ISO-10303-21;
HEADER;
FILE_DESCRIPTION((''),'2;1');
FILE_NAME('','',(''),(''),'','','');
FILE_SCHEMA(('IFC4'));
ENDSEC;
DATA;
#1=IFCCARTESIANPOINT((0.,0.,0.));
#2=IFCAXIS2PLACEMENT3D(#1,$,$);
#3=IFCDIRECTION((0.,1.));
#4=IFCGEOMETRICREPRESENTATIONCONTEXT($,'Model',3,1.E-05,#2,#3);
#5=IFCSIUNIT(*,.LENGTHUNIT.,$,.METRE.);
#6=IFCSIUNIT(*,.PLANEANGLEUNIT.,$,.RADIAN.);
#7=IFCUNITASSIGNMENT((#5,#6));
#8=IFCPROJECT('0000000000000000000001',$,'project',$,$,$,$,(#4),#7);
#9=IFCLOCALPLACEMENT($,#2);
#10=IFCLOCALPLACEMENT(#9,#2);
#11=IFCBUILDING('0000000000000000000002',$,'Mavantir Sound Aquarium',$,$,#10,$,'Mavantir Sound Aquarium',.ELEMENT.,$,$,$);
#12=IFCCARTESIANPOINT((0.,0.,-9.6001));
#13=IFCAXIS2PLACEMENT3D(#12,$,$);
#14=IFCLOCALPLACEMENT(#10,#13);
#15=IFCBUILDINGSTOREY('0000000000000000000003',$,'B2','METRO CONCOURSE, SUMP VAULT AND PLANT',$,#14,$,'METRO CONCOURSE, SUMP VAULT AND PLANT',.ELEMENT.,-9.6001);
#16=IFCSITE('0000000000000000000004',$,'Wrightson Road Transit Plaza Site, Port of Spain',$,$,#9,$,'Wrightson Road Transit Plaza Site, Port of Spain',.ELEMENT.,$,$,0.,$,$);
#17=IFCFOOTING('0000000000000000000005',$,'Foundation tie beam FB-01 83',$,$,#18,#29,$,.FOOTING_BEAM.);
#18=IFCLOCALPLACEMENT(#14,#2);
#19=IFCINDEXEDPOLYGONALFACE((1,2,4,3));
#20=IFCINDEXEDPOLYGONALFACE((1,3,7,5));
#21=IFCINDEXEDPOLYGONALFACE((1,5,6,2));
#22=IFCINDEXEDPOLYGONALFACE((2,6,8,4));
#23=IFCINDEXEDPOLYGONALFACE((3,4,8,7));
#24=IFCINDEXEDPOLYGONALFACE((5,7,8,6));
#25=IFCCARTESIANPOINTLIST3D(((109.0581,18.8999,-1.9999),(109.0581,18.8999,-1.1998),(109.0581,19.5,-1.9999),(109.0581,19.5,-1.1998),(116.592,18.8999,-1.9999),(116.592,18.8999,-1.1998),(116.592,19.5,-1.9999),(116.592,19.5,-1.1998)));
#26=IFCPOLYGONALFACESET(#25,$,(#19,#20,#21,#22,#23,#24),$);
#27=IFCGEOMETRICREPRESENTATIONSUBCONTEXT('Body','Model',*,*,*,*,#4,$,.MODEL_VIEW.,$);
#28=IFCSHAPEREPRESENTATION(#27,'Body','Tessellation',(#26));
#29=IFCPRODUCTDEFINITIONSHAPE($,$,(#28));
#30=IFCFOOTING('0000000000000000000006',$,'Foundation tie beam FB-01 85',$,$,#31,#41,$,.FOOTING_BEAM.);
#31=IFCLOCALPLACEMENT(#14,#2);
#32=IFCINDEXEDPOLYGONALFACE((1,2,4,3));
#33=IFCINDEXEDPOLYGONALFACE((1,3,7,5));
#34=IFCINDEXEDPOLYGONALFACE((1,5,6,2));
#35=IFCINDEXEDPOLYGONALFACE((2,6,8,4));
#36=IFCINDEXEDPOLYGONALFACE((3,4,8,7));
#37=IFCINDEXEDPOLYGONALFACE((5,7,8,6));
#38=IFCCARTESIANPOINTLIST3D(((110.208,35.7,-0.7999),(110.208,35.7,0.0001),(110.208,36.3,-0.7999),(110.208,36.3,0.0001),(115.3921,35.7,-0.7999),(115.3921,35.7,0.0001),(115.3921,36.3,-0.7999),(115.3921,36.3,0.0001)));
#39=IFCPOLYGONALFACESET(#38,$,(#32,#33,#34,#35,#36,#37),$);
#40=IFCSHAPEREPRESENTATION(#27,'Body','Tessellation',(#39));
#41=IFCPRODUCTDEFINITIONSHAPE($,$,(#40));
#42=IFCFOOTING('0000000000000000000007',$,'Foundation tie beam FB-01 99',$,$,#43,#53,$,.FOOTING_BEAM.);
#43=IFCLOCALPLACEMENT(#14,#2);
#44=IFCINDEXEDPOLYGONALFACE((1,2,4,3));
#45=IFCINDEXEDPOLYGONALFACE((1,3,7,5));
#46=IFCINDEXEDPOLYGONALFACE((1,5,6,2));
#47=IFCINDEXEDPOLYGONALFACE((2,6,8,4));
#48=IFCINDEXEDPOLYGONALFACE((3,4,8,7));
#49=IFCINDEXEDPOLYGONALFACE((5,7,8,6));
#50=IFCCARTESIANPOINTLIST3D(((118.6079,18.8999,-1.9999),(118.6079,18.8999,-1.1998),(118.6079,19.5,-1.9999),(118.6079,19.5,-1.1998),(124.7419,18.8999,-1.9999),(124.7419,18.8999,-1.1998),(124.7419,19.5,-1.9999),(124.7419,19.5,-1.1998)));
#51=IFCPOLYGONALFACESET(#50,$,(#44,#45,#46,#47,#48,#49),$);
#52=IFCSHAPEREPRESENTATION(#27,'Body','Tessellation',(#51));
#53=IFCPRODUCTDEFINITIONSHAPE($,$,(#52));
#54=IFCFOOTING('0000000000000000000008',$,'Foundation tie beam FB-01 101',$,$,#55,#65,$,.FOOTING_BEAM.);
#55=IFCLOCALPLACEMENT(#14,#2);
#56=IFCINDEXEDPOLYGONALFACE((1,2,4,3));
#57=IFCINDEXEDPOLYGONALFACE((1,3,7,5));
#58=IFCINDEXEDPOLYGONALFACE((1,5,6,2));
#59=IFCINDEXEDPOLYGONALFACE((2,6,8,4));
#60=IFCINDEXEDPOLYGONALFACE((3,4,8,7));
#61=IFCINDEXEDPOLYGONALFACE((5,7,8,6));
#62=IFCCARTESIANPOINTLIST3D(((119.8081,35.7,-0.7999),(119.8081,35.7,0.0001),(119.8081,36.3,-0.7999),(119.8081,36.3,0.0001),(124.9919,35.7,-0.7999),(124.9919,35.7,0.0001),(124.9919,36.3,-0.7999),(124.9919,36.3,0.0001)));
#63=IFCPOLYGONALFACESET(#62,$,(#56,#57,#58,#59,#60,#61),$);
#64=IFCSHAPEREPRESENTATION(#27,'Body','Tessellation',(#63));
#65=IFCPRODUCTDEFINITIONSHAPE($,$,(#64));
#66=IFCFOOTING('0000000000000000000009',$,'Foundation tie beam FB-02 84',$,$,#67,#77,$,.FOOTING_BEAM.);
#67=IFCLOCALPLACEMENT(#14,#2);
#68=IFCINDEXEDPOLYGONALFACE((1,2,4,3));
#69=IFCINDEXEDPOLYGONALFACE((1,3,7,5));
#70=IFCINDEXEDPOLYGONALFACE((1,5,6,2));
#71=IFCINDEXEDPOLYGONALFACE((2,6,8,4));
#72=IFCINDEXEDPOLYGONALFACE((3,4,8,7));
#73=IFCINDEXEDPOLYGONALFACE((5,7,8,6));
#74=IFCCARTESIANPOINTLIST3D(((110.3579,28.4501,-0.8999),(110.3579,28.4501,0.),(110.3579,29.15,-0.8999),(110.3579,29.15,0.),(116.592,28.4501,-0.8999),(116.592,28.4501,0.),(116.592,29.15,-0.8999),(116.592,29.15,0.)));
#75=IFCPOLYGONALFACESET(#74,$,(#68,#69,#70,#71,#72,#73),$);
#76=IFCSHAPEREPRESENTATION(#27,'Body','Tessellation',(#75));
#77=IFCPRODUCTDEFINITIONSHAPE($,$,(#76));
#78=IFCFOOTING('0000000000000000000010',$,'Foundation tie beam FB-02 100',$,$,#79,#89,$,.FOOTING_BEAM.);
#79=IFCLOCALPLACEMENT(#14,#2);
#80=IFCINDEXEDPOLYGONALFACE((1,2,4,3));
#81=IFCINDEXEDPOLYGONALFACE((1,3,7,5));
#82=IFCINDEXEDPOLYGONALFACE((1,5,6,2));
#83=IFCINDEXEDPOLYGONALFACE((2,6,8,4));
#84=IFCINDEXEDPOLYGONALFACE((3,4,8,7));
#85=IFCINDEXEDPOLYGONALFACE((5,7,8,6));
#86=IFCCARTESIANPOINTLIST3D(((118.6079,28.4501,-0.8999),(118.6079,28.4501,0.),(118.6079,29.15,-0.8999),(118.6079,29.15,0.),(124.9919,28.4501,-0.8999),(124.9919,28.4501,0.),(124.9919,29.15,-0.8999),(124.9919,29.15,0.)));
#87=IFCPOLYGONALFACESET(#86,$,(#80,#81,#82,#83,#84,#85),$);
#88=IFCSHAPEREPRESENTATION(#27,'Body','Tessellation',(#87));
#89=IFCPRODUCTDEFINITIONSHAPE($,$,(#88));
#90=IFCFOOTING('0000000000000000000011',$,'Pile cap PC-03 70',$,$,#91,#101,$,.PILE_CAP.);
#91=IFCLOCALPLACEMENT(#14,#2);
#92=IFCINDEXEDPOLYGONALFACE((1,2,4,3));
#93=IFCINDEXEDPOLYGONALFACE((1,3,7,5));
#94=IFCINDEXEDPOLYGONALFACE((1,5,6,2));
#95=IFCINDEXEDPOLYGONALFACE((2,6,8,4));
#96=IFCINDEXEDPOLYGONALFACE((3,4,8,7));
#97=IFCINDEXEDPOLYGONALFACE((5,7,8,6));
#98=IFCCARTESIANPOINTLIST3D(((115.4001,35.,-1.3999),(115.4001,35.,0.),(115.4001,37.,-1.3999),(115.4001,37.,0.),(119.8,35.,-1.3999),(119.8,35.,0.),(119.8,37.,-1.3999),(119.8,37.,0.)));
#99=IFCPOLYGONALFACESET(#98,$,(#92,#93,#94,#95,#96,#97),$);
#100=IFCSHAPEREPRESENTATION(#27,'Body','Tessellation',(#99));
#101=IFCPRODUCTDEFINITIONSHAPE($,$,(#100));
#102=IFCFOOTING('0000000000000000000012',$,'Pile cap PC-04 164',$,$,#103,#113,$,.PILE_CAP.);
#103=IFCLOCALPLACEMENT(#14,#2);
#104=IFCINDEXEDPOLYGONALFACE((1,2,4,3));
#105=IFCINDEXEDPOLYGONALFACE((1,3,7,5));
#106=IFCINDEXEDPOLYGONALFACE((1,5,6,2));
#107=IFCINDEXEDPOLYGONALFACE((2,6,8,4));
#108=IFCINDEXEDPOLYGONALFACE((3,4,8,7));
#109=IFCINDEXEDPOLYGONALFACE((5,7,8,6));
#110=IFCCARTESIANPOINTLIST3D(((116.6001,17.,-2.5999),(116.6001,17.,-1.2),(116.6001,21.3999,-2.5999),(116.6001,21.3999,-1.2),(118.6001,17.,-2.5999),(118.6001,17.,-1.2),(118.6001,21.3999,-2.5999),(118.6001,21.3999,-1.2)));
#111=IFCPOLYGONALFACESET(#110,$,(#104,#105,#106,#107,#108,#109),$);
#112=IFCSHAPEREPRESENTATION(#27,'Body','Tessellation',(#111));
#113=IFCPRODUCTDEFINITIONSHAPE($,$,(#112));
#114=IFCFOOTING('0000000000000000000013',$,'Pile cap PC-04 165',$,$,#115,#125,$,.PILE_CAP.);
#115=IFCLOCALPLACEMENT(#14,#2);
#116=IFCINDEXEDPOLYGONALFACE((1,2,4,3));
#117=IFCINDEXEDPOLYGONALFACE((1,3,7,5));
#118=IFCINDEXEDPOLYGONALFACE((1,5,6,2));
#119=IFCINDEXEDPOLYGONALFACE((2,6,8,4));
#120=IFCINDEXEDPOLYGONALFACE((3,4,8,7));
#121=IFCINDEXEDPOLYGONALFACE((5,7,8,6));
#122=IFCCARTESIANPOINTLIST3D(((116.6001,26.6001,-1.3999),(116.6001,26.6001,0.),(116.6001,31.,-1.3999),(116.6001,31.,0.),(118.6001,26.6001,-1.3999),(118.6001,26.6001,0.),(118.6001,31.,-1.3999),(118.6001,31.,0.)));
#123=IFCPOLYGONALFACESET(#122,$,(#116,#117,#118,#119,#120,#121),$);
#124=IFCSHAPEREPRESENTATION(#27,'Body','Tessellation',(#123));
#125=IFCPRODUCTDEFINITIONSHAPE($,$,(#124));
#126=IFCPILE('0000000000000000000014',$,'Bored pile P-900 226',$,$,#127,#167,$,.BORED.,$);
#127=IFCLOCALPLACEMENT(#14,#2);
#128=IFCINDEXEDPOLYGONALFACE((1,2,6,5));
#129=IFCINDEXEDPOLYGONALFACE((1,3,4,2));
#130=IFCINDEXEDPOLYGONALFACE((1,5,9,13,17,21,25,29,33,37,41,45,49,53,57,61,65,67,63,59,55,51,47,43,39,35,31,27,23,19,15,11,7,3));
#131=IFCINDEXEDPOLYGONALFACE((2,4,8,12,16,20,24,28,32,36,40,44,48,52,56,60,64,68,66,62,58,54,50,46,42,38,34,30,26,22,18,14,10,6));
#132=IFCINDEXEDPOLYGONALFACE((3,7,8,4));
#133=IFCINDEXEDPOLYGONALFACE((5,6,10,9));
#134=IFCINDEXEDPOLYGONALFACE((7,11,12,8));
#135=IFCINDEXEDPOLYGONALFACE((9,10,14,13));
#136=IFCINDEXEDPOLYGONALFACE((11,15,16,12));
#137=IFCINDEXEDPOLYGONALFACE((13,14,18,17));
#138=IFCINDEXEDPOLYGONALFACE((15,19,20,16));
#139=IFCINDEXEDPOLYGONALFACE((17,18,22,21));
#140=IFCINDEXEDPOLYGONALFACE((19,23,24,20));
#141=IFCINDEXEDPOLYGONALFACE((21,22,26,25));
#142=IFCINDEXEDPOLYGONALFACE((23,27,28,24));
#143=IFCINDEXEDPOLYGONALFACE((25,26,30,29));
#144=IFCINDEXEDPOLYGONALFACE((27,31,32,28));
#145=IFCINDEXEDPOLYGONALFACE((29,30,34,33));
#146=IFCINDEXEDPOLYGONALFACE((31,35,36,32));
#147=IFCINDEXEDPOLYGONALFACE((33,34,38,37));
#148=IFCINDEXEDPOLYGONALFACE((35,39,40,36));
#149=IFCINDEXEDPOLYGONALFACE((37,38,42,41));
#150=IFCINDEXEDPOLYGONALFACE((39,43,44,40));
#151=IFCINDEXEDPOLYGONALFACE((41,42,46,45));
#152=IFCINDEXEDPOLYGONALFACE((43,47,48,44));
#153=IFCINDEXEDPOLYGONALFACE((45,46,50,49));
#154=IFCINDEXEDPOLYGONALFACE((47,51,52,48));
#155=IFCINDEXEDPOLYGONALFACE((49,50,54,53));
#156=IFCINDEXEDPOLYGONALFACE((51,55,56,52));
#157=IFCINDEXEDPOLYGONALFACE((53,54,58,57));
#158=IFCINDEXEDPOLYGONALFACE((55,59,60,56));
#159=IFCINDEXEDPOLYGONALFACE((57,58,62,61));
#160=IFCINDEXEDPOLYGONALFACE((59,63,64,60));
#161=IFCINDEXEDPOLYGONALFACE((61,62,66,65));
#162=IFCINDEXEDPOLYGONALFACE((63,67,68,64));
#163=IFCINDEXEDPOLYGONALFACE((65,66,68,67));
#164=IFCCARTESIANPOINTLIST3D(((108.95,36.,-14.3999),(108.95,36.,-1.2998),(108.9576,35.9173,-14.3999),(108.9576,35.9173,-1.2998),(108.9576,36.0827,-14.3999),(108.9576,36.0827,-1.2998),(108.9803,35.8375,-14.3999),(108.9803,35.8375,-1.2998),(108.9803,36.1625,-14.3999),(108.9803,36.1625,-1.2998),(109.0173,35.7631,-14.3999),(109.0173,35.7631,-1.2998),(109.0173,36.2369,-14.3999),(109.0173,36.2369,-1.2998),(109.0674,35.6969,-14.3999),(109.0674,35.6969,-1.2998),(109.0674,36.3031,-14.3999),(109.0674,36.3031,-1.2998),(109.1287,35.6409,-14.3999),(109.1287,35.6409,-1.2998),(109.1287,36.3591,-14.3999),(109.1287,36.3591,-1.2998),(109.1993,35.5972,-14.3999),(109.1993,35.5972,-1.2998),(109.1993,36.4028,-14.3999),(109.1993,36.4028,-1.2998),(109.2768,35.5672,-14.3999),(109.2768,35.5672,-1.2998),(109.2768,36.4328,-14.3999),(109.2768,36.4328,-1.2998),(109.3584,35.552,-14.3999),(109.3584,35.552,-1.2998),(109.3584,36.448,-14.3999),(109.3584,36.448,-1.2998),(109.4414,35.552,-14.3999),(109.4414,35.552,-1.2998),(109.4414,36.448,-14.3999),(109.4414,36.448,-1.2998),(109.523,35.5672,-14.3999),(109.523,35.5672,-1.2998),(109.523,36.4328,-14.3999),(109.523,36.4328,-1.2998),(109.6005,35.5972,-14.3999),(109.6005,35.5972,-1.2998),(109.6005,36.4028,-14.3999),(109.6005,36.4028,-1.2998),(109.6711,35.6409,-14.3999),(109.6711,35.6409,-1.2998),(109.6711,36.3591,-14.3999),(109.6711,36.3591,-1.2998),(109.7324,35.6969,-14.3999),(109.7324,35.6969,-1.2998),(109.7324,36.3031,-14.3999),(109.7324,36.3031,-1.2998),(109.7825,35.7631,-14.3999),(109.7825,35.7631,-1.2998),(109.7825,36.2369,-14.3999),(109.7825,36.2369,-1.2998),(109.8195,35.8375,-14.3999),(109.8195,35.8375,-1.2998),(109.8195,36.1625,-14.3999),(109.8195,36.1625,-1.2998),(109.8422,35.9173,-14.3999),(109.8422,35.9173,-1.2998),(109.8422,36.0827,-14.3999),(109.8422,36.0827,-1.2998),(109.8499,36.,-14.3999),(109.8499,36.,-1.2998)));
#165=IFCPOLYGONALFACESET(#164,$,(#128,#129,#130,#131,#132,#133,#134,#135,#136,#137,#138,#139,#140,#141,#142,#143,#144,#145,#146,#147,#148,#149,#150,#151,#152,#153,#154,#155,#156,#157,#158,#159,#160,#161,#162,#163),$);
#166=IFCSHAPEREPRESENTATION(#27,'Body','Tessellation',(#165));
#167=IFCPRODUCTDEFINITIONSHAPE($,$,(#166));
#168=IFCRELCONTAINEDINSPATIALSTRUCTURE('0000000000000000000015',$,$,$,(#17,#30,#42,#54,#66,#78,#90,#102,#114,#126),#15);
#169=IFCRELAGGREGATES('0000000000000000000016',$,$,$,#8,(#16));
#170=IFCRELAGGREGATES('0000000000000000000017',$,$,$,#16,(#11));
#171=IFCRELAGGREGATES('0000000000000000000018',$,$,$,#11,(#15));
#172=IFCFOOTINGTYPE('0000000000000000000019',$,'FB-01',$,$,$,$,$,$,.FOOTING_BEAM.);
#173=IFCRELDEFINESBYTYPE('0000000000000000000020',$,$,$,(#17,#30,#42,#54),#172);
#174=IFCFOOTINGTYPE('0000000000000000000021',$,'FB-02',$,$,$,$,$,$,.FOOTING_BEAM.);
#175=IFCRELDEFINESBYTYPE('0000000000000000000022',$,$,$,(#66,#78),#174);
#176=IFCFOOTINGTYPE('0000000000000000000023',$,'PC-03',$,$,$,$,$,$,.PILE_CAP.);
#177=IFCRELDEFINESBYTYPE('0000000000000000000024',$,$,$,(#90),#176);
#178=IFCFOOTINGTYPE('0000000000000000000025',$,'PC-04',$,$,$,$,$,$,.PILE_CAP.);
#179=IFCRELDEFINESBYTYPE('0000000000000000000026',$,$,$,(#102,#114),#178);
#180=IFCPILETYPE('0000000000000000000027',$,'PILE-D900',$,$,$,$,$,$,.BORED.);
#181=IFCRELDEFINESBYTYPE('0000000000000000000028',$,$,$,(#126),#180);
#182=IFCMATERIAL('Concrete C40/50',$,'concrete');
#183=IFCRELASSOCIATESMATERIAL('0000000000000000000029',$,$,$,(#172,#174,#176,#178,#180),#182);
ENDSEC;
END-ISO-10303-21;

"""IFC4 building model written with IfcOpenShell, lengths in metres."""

from ifc_helpers import new_model, si_unit, direction, frame, origin, origin_2d, place, context, subcontext, project, spatial, rectangle, circle, extrude, material, material_profile, profile_set, type_object, element, save


model = new_model("IFC4")

# Units and contexts
model_context = context("Model", 3, precision=1e-05, world=origin(), true_north=direction((0.0, 1.0)))
body_context = subcontext(model_context, "Body", "Model", "MODEL_VIEW")
ifc_project = project(units=[si_unit("LENGTHUNIT", "METRE"), si_unit("PLANEANGLEUNIT", "RADIAN")], contexts=[model_context])

# Site, building, storey
site_placement = place(None, origin())
site = spatial("IfcSite", under=ifc_project, at=site_placement, Name="Wrightson Road Transit Plaza Site, Port of Spain", LongName="Wrightson Road Transit Plaza Site, Port of Spain", CompositionType="ELEMENT", RefElevation=0.0)
building_placement = place(site_placement, origin())
building = spatial("IfcBuilding", under=site, at=building_placement, Name="Mavantir Sound Aquarium", LongName="Mavantir Sound Aquarium", CompositionType="ELEMENT")
storey_placement = place(building_placement, frame((0.0, 0.0, -9.6001)))
storey = spatial("IfcBuildingStorey", under=building, at=storey_placement, Name="B2", Description="METRO CONCOURSE, SUMP VAULT AND PLANT", LongName="METRO CONCOURSE, SUMP VAULT AND PLANT", CompositionType="ELEMENT", Elevation=-9.6001)

# Footings
ifc_material_1 = material(Name="Concrete C40/50", Category="concrete")
ifc_material_profile_1 = material_profile(ifc_material_1, rectangle(XDim=0.6001, YDim=0.8, at=origin_2d()), Name="RC 600X800")
ifc_profile_set_1 = profile_set([ifc_material_profile_1], Name="Concrete C40/50")
footing_type_1 = type_object("IfcFootingType", Name="FB-01", PredefinedType="FOOTING_BEAM", material=ifc_profile_set_1)
footing_1_placement = place(storey_placement, frame((109.0581, 19.2, -1.5999), z_axis=(1.0, 0.0, 0.0), x_axis=(0.0, 1.0, 0.0)))
element("IfcFooting", 1, at=footing_1_placement, inside=storey, type_object=footing_type_1, Name="Foundation tie beam FB-01 83", PredefinedType="FOOTING_BEAM", context=body_context, shape_type="SweptSolid", body=[
    extrude(rectangle(XDim=0.6001, YDim=0.8, at=origin_2d()), origin(), (0.0, 0.0, 1.0), 7.5339),
])
footing_2_placement = place(storey_placement, frame((110.208, 36.0, -0.3999), z_axis=(1.0, 0.0, 0.0), x_axis=(0.0, 1.0, 0.0)))
element("IfcFooting", 2, at=footing_2_placement, inside=storey, type_object=footing_type_1, Name="Foundation tie beam FB-01 85", PredefinedType="FOOTING_BEAM", context=body_context, shape_type="SweptSolid", body=[
    extrude(rectangle(XDim=0.6001, YDim=0.8, at=origin_2d()), origin(), (0.0, 0.0, 1.0), 5.1841),
])
footing_3_placement = place(storey_placement, frame((118.6079, 19.2, -1.5999), z_axis=(1.0, 0.0, 0.0), x_axis=(0.0, 1.0, 0.0)))
element("IfcFooting", 3, at=footing_3_placement, inside=storey, type_object=footing_type_1, Name="Foundation tie beam FB-01 99", PredefinedType="FOOTING_BEAM", context=body_context, shape_type="SweptSolid", body=[
    extrude(rectangle(XDim=0.6001, YDim=0.8, at=origin_2d()), origin(), (0.0, 0.0, 1.0), 6.134),
])
footing_4_placement = place(storey_placement, frame((119.8081, 36.0, -0.3999), z_axis=(1.0, 0.0, 0.0), x_axis=(0.0, 1.0, 0.0)))
element("IfcFooting", 4, at=footing_4_placement, inside=storey, type_object=footing_type_1, Name="Foundation tie beam FB-01 101", PredefinedType="FOOTING_BEAM", context=body_context, shape_type="SweptSolid", body=[
    extrude(rectangle(XDim=0.6001, YDim=0.8, at=origin_2d()), origin(), (0.0, 0.0, 1.0), 5.1838),
])
ifc_material_profile_2 = material_profile(ifc_material_1, rectangle(XDim=0.7, YDim=0.8999, at=origin_2d()), Name="RC 700X900")
ifc_profile_set_2 = profile_set([ifc_material_profile_2], Name="Concrete C40/50")
footing_type_2 = type_object("IfcFootingType", Name="FB-02", PredefinedType="FOOTING_BEAM", material=ifc_profile_set_2)
footing_5_placement = place(storey_placement, frame((110.3579, 28.8, -0.45), z_axis=(1.0, 0.0, 0.0), x_axis=(0.0, 1.0, 0.0)))
element("IfcFooting", 5, at=footing_5_placement, inside=storey, type_object=footing_type_2, Name="Foundation tie beam FB-02 84", PredefinedType="FOOTING_BEAM", context=body_context, shape_type="SweptSolid", body=[
    extrude(rectangle(XDim=0.7, YDim=0.8999, at=origin_2d()), origin(), (0.0, 0.0, 1.0), 6.2341),
])
footing_6_placement = place(storey_placement, frame((118.6079, 28.8, -0.45), z_axis=(1.0, 0.0, 0.0), x_axis=(0.0, 1.0, 0.0)))
element("IfcFooting", 6, at=footing_6_placement, inside=storey, type_object=footing_type_2, Name="Foundation tie beam FB-02 100", PredefinedType="FOOTING_BEAM", context=body_context, shape_type="SweptSolid", body=[
    extrude(rectangle(XDim=0.7, YDim=0.8999, at=origin_2d()), origin(), (0.0, 0.0, 1.0), 6.384),
])
footing_type_3 = type_object("IfcFootingType", Name="PC-03", PredefinedType="PILE_CAP", material=ifc_material_1)
footing_7_placement = place(storey_placement, frame((117.6001, 36.0, -1.3999), z_axis=(0.0, 0.0, 1.0), x_axis=(1.0, 0.0, 0.0)))
element("IfcFooting", 7, at=footing_7_placement, inside=storey, type_object=footing_type_3, Name="Pile cap PC-03 70", PredefinedType="PILE_CAP", context=body_context, shape_type="SweptSolid", body=[
    extrude(rectangle(XDim=4.3999, YDim=2.0, at=origin_2d()), origin(), (0.0, 0.0, 1.0), 1.3999),
])
footing_type_4 = type_object("IfcFootingType", Name="PC-04", PredefinedType="PILE_CAP", material=ifc_material_1)
for number, where, z_axis, x_axis, name in (
    (8, (117.6001, 19.2, -2.5999), (0.0, 0.0, 1.0), (1.0, 0.0, 0.0), "Pile cap PC-04 164"),
    (9, (117.6001, 28.8, -1.3999), (0.0, 0.0, 1.0), (1.0, 0.0, 0.0), "Pile cap PC-04 165"),
):
    element("IfcFooting", number, at=place(storey_placement, frame(where, z_axis=z_axis, x_axis=x_axis)), inside=storey, type_object=footing_type_4, Name=name, PredefinedType="PILE_CAP", context=body_context, shape_type="SweptSolid", body=[
        extrude(rectangle(XDim=2.0, YDim=4.3999, at=origin_2d()), origin(), (0.0, 0.0, 1.0), 1.3999),
    ])

# Pile
ifc_material_profile_3 = material_profile(ifc_material_1, circle(Radius=0.45, at=origin_2d()), Name="PILE D900")
ifc_profile_set_3 = profile_set([ifc_material_profile_3], Name="Concrete C40/50")
pile_type = type_object("IfcPileType", Name="PILE-D900", PredefinedType="BORED", material=ifc_profile_set_3)
pile_1_placement = place(storey_placement, frame((109.3999, 36.0, -1.2998), z_axis=(0.0, 0.0, -1.0), x_axis=(1.0, 0.0, 0.0)))
element("IfcPile", 10, at=pile_1_placement, inside=storey, type_object=pile_type, Name="Bored pile P-900 226", PredefinedType="BORED", context=body_context, shape_type="SweptSolid", body=[
    extrude(circle(Radius=0.45, at=origin_2d()), origin(), (0.0, 0.0, 1.0), 13.1001),
])

save(model, "model.ifc")
